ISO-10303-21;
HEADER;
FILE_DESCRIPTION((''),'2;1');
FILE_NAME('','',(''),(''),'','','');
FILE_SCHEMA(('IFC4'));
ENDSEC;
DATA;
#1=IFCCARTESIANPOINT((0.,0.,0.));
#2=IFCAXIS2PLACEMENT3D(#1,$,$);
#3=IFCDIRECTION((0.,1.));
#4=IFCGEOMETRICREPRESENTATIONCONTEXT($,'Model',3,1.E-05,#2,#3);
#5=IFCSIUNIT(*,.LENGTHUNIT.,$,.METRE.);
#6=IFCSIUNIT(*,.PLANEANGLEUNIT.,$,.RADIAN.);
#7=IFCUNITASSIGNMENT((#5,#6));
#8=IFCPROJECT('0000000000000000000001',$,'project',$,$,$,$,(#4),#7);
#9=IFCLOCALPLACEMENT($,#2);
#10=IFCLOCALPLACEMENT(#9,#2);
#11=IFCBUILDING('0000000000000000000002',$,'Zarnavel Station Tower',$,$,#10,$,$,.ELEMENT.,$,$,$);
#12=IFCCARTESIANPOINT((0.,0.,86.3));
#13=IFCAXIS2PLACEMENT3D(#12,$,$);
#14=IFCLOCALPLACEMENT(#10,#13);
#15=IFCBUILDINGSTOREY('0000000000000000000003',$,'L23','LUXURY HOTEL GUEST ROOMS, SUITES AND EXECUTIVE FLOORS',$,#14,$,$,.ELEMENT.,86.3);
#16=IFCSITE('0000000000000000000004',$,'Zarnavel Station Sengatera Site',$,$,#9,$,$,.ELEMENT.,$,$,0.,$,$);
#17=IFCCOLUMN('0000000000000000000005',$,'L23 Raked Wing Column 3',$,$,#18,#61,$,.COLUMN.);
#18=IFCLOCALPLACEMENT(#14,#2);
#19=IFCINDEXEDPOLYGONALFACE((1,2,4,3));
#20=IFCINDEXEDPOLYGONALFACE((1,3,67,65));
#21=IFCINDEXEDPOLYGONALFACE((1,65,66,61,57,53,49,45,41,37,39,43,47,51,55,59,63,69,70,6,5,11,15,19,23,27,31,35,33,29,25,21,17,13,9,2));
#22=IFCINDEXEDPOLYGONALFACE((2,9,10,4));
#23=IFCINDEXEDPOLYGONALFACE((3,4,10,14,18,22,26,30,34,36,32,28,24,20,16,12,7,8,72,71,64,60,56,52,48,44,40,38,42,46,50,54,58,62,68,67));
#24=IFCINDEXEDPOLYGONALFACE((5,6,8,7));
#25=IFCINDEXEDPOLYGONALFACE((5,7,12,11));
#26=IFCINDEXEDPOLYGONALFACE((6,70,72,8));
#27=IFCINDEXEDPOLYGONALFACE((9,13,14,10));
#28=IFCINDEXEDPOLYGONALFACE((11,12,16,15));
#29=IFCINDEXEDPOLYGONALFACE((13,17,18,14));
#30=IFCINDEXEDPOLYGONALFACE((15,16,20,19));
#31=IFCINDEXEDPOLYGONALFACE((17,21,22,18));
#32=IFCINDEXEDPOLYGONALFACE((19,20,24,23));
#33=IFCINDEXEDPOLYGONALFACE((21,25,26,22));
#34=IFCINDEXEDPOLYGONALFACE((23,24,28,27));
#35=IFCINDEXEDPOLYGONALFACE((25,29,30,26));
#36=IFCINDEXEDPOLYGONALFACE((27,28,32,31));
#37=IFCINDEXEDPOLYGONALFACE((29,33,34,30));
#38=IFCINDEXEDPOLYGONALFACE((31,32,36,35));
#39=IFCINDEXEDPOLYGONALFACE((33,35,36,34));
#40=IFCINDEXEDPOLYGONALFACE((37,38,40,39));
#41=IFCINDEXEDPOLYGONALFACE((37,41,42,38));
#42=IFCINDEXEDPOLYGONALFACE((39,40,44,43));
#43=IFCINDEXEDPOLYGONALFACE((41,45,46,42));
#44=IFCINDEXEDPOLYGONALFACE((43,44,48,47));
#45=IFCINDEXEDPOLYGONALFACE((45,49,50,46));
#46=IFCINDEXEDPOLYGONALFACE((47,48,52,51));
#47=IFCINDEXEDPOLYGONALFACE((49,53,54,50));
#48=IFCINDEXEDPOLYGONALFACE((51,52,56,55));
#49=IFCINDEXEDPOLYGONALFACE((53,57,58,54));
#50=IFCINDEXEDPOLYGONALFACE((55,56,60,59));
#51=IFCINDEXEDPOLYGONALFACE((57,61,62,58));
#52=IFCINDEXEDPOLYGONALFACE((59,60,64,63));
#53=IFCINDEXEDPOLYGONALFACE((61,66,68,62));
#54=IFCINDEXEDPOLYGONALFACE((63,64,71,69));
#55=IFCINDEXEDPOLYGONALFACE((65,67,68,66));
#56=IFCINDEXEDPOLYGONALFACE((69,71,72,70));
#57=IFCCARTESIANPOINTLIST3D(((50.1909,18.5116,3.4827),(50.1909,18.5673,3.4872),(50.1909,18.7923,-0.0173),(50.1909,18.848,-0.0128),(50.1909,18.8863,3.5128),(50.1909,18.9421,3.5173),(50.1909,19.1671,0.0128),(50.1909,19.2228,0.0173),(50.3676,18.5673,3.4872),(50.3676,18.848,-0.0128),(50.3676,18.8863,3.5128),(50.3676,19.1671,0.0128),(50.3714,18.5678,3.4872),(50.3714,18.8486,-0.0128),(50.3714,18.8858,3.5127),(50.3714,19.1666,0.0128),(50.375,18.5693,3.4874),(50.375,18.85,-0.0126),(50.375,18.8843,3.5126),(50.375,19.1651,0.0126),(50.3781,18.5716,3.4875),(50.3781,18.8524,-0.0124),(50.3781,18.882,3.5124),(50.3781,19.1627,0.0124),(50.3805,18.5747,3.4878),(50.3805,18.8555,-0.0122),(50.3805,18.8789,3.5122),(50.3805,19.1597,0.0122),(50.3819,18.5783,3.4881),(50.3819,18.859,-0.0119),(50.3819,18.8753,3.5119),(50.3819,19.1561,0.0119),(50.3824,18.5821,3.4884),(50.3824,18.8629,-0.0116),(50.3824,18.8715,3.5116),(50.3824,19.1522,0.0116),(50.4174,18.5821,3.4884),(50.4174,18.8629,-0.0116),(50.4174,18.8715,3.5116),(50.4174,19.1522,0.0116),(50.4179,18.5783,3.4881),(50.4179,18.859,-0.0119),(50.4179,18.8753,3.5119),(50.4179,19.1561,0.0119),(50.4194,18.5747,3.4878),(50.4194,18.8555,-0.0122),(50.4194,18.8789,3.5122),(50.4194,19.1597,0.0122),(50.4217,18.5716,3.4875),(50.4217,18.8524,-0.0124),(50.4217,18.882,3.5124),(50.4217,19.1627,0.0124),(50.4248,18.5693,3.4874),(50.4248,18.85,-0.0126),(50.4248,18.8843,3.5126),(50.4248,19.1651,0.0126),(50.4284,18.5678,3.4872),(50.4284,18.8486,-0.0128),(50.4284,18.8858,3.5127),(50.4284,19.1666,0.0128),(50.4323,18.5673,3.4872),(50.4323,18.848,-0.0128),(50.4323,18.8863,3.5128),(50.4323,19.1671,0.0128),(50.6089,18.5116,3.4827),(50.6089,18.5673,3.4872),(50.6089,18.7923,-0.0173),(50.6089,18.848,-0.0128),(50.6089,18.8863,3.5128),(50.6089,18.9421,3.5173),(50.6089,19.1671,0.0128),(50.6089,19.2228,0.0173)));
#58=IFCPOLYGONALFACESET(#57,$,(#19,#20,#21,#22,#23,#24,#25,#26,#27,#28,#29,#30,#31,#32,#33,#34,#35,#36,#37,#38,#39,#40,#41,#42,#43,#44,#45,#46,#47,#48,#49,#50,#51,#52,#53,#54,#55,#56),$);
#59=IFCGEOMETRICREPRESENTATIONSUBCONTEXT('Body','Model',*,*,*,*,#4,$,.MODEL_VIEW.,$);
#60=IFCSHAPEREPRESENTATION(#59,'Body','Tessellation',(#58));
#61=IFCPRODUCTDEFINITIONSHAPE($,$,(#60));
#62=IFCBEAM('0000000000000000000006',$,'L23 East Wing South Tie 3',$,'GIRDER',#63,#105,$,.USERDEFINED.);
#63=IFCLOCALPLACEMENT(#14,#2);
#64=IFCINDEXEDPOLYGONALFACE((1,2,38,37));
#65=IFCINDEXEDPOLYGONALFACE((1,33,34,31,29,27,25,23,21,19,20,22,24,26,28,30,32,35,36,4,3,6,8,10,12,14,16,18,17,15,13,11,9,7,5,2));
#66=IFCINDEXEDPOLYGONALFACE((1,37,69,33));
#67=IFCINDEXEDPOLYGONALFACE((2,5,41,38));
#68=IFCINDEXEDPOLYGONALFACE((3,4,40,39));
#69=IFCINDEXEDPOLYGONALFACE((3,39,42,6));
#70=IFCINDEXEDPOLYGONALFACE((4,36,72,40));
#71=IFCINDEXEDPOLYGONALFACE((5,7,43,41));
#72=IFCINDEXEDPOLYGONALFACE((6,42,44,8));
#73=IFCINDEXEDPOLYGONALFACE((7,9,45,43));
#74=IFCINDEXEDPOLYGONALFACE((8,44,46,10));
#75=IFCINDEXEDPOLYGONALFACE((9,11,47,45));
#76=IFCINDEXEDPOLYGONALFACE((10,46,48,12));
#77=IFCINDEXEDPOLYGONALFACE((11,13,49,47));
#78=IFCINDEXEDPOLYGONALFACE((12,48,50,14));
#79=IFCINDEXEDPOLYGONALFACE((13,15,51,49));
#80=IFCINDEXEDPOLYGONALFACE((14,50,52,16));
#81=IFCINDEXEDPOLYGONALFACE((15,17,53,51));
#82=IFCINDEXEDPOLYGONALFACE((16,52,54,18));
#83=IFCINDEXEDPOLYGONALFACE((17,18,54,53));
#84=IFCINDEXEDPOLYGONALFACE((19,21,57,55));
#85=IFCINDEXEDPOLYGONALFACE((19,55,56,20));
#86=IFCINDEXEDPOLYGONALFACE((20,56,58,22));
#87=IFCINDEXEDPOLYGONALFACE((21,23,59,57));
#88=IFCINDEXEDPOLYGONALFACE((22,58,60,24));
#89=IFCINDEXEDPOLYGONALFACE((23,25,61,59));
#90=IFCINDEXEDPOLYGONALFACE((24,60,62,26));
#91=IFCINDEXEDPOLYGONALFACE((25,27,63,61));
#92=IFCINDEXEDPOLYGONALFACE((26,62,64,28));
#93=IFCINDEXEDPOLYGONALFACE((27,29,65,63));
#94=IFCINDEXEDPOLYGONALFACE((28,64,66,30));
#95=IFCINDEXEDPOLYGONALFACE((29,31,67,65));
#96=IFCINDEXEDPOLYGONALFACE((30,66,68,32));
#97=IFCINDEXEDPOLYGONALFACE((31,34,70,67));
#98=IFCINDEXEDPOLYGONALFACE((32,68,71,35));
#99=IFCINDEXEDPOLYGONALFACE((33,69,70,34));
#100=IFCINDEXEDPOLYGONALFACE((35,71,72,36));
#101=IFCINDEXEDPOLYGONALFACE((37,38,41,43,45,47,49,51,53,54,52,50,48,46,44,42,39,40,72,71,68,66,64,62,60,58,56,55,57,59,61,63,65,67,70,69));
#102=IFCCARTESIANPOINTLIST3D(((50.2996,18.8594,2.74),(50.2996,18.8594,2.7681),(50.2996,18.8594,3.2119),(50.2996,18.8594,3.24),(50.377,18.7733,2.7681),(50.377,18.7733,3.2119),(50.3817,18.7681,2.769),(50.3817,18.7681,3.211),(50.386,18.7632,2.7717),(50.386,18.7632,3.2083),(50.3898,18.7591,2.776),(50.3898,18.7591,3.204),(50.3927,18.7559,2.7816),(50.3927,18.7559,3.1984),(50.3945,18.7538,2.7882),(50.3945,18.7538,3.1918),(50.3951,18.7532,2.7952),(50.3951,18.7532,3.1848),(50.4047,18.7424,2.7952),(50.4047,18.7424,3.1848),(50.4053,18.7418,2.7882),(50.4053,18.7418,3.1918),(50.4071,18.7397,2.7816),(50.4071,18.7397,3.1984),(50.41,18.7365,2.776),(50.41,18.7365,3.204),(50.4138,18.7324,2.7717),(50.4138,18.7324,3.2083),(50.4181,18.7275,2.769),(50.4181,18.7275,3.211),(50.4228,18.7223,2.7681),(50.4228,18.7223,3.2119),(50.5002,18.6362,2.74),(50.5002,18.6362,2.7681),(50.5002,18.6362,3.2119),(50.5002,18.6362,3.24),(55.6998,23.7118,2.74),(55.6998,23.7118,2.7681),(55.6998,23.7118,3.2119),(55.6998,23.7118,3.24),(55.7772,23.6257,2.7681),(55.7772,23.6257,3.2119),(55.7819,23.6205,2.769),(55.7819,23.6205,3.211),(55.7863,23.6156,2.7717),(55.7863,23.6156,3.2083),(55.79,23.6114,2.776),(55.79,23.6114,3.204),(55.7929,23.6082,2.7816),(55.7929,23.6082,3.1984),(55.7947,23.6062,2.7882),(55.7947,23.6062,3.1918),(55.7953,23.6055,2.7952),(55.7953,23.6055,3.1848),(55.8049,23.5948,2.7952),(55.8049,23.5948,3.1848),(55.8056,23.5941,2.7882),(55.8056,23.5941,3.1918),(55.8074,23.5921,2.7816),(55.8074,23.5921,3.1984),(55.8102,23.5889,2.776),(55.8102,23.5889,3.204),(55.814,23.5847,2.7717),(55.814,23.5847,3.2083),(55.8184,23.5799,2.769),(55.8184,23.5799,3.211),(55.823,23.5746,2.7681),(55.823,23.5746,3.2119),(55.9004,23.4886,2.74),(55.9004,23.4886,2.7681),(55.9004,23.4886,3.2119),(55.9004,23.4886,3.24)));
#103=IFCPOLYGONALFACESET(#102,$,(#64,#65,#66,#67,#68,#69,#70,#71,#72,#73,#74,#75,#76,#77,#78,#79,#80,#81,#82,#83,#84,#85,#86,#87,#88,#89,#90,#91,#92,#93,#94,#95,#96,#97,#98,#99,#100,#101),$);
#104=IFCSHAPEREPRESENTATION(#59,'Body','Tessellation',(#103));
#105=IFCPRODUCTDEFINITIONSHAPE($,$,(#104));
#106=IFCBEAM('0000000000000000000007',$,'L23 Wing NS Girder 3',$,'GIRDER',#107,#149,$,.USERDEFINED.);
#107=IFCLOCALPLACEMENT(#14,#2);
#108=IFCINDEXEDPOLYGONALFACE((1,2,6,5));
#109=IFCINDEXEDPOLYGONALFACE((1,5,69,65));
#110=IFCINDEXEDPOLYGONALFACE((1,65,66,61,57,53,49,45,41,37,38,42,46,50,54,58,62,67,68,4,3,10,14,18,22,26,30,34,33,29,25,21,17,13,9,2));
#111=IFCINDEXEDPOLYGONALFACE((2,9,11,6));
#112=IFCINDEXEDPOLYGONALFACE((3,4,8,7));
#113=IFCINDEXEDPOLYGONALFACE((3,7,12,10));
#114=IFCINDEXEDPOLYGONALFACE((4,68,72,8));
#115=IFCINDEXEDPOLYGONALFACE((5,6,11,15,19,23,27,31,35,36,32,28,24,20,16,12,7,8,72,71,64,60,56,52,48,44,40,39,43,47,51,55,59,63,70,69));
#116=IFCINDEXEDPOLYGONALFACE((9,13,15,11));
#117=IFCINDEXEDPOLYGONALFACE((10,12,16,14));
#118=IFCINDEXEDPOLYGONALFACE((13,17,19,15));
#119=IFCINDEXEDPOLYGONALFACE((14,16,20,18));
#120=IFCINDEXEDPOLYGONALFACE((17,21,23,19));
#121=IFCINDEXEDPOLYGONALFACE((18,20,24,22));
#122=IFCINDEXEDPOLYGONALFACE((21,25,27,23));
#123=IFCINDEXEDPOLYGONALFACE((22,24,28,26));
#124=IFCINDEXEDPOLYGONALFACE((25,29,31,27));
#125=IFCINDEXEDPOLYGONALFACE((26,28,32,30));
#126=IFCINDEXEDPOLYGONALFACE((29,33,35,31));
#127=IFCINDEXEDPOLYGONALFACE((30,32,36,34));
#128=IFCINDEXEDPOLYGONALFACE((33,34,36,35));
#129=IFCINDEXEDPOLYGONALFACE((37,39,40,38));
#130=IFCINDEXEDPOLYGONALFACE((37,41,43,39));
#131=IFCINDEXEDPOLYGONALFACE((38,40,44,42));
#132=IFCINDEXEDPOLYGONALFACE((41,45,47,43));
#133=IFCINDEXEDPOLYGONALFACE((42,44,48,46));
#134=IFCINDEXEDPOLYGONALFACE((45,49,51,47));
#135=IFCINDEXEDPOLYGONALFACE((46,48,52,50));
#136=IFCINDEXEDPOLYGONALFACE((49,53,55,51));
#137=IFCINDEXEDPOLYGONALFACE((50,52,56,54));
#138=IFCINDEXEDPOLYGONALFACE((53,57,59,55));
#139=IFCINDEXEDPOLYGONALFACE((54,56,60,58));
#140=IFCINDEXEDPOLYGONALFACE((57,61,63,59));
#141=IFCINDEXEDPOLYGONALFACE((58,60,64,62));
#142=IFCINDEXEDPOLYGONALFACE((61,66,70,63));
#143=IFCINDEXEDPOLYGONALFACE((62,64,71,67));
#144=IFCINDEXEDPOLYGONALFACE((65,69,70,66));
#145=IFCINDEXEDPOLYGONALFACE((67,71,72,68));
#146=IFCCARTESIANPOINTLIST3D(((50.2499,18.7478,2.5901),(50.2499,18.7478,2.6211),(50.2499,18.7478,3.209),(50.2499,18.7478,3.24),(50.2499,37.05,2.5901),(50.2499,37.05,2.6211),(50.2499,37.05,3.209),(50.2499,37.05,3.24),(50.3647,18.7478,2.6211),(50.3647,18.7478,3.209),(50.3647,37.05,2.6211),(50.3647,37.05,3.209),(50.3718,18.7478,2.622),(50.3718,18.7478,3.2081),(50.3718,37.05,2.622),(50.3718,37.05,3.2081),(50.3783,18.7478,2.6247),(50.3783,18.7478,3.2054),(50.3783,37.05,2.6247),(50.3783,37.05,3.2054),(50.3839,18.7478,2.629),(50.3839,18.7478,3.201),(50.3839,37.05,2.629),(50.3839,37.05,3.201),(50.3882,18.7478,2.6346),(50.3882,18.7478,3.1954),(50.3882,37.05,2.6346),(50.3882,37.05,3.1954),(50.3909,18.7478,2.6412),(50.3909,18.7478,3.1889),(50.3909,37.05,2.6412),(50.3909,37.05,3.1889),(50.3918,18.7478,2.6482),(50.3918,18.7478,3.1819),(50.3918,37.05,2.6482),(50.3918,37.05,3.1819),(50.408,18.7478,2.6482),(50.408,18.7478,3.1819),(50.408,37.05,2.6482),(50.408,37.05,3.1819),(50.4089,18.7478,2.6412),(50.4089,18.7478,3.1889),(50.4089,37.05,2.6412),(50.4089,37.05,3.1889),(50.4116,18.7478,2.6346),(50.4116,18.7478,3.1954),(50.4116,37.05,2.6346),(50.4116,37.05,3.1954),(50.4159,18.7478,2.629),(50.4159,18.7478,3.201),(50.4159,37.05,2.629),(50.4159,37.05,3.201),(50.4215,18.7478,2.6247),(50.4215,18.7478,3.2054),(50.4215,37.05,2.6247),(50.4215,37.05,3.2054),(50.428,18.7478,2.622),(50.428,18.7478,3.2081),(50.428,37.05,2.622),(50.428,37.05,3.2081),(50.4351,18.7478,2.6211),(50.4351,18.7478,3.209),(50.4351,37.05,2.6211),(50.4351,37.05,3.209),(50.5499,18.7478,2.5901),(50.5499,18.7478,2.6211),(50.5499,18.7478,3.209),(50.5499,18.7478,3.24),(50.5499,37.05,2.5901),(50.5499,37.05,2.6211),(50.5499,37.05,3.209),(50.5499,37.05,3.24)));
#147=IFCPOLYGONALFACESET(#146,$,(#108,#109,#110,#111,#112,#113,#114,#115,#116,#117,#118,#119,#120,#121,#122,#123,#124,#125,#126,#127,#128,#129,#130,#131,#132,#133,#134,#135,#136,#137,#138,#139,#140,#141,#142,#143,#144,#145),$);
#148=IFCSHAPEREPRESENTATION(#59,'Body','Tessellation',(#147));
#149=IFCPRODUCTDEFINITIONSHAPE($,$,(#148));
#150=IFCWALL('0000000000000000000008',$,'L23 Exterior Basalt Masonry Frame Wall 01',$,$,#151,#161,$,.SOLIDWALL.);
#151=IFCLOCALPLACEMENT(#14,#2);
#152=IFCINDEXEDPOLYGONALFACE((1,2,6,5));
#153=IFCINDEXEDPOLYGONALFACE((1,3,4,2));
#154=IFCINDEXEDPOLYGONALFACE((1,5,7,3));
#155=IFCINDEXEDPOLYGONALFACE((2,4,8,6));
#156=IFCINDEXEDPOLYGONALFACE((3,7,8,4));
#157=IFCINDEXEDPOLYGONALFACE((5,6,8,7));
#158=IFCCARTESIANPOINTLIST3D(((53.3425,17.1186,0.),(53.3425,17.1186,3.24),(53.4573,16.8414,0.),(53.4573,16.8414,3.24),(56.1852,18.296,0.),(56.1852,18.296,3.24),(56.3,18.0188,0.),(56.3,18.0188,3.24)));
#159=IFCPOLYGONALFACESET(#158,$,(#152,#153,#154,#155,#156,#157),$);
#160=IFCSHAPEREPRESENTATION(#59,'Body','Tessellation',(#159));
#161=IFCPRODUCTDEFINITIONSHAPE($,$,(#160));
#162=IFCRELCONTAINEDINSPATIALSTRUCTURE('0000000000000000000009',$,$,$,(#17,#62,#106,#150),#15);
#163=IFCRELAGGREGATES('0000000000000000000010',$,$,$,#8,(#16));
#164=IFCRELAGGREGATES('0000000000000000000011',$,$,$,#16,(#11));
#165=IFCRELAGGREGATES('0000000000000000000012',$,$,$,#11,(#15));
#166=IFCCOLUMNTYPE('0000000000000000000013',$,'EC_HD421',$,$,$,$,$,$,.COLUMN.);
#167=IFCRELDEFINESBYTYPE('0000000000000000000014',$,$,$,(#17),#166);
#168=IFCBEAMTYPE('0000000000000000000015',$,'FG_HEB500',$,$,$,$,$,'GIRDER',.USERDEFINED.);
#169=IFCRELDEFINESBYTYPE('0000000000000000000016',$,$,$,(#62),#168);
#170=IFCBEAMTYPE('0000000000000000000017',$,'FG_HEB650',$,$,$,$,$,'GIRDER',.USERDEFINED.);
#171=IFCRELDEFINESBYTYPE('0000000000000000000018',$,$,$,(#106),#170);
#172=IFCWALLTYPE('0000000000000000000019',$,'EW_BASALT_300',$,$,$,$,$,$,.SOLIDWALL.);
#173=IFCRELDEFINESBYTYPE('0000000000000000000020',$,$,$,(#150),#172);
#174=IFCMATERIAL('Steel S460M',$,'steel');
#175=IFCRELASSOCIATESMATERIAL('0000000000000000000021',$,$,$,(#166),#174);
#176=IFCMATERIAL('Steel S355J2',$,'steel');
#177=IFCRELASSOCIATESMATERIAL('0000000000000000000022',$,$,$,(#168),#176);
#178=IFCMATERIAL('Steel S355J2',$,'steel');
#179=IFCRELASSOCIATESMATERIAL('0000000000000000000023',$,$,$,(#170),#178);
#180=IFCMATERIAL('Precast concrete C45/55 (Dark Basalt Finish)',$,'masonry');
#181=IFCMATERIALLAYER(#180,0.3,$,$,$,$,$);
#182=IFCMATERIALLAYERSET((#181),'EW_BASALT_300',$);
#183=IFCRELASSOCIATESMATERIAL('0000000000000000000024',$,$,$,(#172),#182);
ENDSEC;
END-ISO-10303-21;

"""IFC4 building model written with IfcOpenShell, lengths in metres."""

from ifc_helpers import new_model, si_unit, direction, frame, frame_2d, origin, origin_2d, place, context, subcontext, project, spatial, rectangle, i_section, extrude, material, layer, layer_set, material_profile, profile_set, type_object, element, save


model = new_model("IFC4")

# Units and contexts
model_context = context("Model", 3, precision=1e-05, world=origin(), true_north=direction((0.0, 1.0)))
body_context = subcontext(model_context, "Body", "Model", "MODEL_VIEW")
ifc_project = project(units=[si_unit("LENGTHUNIT", "METRE"), si_unit("PLANEANGLEUNIT", "RADIAN")], contexts=[model_context])

# Site, building, storey
site_placement = place(None, origin())
site = spatial("IfcSite", under=ifc_project, at=site_placement, Name="Zarnavel Station Sengatera Site", CompositionType="ELEMENT", RefElevation=0.0)
building_placement = place(site_placement, origin())
building = spatial("IfcBuilding", under=site, at=building_placement, Name="Zarnavel Station Tower", CompositionType="ELEMENT")
storey_placement = place(building_placement, frame((0.0, 0.0, 86.3)))
storey = spatial("IfcBuildingStorey", under=building, at=storey_placement, Name="L23", Description="LUXURY HOTEL GUEST ROOMS, SUITES AND EXECUTIVE FLOORS", CompositionType="ELEMENT", Elevation=86.3)

# Column
ifc_material_1 = material(Name="Steel S460M", Category="steel")
ifc_material_profile_1 = material_profile(ifc_material_1, i_section(OverallWidth=0.418, OverallDepth=0.4319, WebThickness=0.0349, FlangeThickness=0.0559, FilletRadius=0.0149, at=origin_2d()), Name="HD400x421")
ifc_profile_set_1 = profile_set([ifc_material_profile_1], Name="Steel S460M")
column_type = type_object("IfcColumnType", Name="EC_HD421", PredefinedType="COLUMN", material=ifc_profile_set_1)
column_placement = place(storey_placement, frame((50.3999, 19.0076, 0.0), z_axis=(0.0, -0.079961, 0.996798), x_axis=(1.0, 0.0, 0.0)))
element("IfcColumn", 1, at=column_placement, inside=storey, type_object=column_type, Name="L23 Raked Wing Column 3", PredefinedType="COLUMN", context=body_context, shape_type="SweptSolid", body=[
    extrude(i_section(OverallWidth=0.418, OverallDepth=0.4319, WebThickness=0.0349, FlangeThickness=0.0559, FilletRadius=0.0149, at=origin_2d()), origin(), (0.0, 0.0, 1.0), 3.5112),
])

# Beams
ifc_material_2 = material(Name="Steel S355J2", Category="steel")
ifc_material_profile_2 = material_profile(ifc_material_2, i_section(OverallWidth=0.3, OverallDepth=0.5, WebThickness=0.0144, FlangeThickness=0.0281, FilletRadius=0.0271, at=origin_2d()), Name="HEB500")
ifc_profile_set_2 = profile_set([ifc_material_profile_2], Name="Steel S355J2")
beam_type_1 = type_object("IfcBeamType", Name="FG_HEB500", ElementType="GIRDER", PredefinedType="USERDEFINED", material=ifc_profile_set_2)
beam_1_placement = place(storey_placement, frame((50.3999, 18.7478, 2.99), z_axis=(0.743831, 0.668368, 0.0), x_axis=(-0.668368, 0.743831, 0.0)))
element("IfcBeam", 2, at=beam_1_placement, inside=storey, type_object=beam_type_1, Name="L23 East Wing South Tie 3", ObjectType="GIRDER", PredefinedType="USERDEFINED", context=body_context, shape_type="SweptSolid", body=[
    extrude(i_section(OverallWidth=0.3, OverallDepth=0.5, WebThickness=0.0144, FlangeThickness=0.0281, FilletRadius=0.0271, at=origin_2d()), origin(), (0.0, 0.0, 1.0), 7.26),
])
ifc_material_3 = material(Name="Steel S355J2", Category="steel")
ifc_material_profile_3 = material_profile(ifc_material_3, i_section(OverallWidth=0.3, OverallDepth=0.6499, WebThickness=0.0161, FlangeThickness=0.031, FilletRadius=0.0271, at=origin_2d()), Name="HEB650")
ifc_profile_set_3 = profile_set([ifc_material_profile_3], Name="Steel S355J2")
beam_type_2 = type_object("IfcBeamType", Name="FG_HEB650", ElementType="GIRDER", PredefinedType="USERDEFINED", material=ifc_profile_set_3)
beam_2_placement = place(storey_placement, frame((50.3999, 18.7478, 2.915), z_axis=(0.0, 1.0, 0.0), x_axis=(-1.0, 0.0, 0.0)))
element("IfcBeam", 3, at=beam_2_placement, inside=storey, type_object=beam_type_2, Name="L23 Wing NS Girder 3", ObjectType="GIRDER", PredefinedType="USERDEFINED", context=body_context, shape_type="SweptSolid", body=[
    extrude(i_section(OverallWidth=0.3, OverallDepth=0.6499, WebThickness=0.0161, FlangeThickness=0.031, FilletRadius=0.0271, at=origin_2d()), origin(), (0.0, 0.0, 1.0), 18.3022),
])

# Wall
ifc_material_4 = material(Name="Precast concrete C45/55 (Dark Basalt Finish)", Category="masonry")
ifc_layer_1 = layer(ifc_material_4, 0.3)
ifc_layer_set_1 = layer_set([ifc_layer_1], Name="EW_BASALT_300")
wall_type_1 = type_object("IfcWallType", Name="EW_BASALT_300", PredefinedType="SOLIDWALL", material=ifc_layer_set_1)
wall_1_placement = place(storey_placement, frame((56.2427, 18.1575, 0.0), z_axis=(0.0, 0.0, 1.0), x_axis=(-0.923882, -0.382676, 0.0)))
element("IfcWall", 4, at=wall_1_placement, inside=storey, type_object=wall_type_1, Name="L23 Exterior Basalt Masonry Frame Wall 01", PredefinedType="SOLIDWALL", context=body_context, shape_type="SweptSolid", body=[
    extrude(rectangle(XDim=3.0769, YDim=0.3, at=frame_2d((1.5386, 0.0))), origin(), (0.0, 0.0, 1.0), 3.24),
])

save(model, "model.ifc")
